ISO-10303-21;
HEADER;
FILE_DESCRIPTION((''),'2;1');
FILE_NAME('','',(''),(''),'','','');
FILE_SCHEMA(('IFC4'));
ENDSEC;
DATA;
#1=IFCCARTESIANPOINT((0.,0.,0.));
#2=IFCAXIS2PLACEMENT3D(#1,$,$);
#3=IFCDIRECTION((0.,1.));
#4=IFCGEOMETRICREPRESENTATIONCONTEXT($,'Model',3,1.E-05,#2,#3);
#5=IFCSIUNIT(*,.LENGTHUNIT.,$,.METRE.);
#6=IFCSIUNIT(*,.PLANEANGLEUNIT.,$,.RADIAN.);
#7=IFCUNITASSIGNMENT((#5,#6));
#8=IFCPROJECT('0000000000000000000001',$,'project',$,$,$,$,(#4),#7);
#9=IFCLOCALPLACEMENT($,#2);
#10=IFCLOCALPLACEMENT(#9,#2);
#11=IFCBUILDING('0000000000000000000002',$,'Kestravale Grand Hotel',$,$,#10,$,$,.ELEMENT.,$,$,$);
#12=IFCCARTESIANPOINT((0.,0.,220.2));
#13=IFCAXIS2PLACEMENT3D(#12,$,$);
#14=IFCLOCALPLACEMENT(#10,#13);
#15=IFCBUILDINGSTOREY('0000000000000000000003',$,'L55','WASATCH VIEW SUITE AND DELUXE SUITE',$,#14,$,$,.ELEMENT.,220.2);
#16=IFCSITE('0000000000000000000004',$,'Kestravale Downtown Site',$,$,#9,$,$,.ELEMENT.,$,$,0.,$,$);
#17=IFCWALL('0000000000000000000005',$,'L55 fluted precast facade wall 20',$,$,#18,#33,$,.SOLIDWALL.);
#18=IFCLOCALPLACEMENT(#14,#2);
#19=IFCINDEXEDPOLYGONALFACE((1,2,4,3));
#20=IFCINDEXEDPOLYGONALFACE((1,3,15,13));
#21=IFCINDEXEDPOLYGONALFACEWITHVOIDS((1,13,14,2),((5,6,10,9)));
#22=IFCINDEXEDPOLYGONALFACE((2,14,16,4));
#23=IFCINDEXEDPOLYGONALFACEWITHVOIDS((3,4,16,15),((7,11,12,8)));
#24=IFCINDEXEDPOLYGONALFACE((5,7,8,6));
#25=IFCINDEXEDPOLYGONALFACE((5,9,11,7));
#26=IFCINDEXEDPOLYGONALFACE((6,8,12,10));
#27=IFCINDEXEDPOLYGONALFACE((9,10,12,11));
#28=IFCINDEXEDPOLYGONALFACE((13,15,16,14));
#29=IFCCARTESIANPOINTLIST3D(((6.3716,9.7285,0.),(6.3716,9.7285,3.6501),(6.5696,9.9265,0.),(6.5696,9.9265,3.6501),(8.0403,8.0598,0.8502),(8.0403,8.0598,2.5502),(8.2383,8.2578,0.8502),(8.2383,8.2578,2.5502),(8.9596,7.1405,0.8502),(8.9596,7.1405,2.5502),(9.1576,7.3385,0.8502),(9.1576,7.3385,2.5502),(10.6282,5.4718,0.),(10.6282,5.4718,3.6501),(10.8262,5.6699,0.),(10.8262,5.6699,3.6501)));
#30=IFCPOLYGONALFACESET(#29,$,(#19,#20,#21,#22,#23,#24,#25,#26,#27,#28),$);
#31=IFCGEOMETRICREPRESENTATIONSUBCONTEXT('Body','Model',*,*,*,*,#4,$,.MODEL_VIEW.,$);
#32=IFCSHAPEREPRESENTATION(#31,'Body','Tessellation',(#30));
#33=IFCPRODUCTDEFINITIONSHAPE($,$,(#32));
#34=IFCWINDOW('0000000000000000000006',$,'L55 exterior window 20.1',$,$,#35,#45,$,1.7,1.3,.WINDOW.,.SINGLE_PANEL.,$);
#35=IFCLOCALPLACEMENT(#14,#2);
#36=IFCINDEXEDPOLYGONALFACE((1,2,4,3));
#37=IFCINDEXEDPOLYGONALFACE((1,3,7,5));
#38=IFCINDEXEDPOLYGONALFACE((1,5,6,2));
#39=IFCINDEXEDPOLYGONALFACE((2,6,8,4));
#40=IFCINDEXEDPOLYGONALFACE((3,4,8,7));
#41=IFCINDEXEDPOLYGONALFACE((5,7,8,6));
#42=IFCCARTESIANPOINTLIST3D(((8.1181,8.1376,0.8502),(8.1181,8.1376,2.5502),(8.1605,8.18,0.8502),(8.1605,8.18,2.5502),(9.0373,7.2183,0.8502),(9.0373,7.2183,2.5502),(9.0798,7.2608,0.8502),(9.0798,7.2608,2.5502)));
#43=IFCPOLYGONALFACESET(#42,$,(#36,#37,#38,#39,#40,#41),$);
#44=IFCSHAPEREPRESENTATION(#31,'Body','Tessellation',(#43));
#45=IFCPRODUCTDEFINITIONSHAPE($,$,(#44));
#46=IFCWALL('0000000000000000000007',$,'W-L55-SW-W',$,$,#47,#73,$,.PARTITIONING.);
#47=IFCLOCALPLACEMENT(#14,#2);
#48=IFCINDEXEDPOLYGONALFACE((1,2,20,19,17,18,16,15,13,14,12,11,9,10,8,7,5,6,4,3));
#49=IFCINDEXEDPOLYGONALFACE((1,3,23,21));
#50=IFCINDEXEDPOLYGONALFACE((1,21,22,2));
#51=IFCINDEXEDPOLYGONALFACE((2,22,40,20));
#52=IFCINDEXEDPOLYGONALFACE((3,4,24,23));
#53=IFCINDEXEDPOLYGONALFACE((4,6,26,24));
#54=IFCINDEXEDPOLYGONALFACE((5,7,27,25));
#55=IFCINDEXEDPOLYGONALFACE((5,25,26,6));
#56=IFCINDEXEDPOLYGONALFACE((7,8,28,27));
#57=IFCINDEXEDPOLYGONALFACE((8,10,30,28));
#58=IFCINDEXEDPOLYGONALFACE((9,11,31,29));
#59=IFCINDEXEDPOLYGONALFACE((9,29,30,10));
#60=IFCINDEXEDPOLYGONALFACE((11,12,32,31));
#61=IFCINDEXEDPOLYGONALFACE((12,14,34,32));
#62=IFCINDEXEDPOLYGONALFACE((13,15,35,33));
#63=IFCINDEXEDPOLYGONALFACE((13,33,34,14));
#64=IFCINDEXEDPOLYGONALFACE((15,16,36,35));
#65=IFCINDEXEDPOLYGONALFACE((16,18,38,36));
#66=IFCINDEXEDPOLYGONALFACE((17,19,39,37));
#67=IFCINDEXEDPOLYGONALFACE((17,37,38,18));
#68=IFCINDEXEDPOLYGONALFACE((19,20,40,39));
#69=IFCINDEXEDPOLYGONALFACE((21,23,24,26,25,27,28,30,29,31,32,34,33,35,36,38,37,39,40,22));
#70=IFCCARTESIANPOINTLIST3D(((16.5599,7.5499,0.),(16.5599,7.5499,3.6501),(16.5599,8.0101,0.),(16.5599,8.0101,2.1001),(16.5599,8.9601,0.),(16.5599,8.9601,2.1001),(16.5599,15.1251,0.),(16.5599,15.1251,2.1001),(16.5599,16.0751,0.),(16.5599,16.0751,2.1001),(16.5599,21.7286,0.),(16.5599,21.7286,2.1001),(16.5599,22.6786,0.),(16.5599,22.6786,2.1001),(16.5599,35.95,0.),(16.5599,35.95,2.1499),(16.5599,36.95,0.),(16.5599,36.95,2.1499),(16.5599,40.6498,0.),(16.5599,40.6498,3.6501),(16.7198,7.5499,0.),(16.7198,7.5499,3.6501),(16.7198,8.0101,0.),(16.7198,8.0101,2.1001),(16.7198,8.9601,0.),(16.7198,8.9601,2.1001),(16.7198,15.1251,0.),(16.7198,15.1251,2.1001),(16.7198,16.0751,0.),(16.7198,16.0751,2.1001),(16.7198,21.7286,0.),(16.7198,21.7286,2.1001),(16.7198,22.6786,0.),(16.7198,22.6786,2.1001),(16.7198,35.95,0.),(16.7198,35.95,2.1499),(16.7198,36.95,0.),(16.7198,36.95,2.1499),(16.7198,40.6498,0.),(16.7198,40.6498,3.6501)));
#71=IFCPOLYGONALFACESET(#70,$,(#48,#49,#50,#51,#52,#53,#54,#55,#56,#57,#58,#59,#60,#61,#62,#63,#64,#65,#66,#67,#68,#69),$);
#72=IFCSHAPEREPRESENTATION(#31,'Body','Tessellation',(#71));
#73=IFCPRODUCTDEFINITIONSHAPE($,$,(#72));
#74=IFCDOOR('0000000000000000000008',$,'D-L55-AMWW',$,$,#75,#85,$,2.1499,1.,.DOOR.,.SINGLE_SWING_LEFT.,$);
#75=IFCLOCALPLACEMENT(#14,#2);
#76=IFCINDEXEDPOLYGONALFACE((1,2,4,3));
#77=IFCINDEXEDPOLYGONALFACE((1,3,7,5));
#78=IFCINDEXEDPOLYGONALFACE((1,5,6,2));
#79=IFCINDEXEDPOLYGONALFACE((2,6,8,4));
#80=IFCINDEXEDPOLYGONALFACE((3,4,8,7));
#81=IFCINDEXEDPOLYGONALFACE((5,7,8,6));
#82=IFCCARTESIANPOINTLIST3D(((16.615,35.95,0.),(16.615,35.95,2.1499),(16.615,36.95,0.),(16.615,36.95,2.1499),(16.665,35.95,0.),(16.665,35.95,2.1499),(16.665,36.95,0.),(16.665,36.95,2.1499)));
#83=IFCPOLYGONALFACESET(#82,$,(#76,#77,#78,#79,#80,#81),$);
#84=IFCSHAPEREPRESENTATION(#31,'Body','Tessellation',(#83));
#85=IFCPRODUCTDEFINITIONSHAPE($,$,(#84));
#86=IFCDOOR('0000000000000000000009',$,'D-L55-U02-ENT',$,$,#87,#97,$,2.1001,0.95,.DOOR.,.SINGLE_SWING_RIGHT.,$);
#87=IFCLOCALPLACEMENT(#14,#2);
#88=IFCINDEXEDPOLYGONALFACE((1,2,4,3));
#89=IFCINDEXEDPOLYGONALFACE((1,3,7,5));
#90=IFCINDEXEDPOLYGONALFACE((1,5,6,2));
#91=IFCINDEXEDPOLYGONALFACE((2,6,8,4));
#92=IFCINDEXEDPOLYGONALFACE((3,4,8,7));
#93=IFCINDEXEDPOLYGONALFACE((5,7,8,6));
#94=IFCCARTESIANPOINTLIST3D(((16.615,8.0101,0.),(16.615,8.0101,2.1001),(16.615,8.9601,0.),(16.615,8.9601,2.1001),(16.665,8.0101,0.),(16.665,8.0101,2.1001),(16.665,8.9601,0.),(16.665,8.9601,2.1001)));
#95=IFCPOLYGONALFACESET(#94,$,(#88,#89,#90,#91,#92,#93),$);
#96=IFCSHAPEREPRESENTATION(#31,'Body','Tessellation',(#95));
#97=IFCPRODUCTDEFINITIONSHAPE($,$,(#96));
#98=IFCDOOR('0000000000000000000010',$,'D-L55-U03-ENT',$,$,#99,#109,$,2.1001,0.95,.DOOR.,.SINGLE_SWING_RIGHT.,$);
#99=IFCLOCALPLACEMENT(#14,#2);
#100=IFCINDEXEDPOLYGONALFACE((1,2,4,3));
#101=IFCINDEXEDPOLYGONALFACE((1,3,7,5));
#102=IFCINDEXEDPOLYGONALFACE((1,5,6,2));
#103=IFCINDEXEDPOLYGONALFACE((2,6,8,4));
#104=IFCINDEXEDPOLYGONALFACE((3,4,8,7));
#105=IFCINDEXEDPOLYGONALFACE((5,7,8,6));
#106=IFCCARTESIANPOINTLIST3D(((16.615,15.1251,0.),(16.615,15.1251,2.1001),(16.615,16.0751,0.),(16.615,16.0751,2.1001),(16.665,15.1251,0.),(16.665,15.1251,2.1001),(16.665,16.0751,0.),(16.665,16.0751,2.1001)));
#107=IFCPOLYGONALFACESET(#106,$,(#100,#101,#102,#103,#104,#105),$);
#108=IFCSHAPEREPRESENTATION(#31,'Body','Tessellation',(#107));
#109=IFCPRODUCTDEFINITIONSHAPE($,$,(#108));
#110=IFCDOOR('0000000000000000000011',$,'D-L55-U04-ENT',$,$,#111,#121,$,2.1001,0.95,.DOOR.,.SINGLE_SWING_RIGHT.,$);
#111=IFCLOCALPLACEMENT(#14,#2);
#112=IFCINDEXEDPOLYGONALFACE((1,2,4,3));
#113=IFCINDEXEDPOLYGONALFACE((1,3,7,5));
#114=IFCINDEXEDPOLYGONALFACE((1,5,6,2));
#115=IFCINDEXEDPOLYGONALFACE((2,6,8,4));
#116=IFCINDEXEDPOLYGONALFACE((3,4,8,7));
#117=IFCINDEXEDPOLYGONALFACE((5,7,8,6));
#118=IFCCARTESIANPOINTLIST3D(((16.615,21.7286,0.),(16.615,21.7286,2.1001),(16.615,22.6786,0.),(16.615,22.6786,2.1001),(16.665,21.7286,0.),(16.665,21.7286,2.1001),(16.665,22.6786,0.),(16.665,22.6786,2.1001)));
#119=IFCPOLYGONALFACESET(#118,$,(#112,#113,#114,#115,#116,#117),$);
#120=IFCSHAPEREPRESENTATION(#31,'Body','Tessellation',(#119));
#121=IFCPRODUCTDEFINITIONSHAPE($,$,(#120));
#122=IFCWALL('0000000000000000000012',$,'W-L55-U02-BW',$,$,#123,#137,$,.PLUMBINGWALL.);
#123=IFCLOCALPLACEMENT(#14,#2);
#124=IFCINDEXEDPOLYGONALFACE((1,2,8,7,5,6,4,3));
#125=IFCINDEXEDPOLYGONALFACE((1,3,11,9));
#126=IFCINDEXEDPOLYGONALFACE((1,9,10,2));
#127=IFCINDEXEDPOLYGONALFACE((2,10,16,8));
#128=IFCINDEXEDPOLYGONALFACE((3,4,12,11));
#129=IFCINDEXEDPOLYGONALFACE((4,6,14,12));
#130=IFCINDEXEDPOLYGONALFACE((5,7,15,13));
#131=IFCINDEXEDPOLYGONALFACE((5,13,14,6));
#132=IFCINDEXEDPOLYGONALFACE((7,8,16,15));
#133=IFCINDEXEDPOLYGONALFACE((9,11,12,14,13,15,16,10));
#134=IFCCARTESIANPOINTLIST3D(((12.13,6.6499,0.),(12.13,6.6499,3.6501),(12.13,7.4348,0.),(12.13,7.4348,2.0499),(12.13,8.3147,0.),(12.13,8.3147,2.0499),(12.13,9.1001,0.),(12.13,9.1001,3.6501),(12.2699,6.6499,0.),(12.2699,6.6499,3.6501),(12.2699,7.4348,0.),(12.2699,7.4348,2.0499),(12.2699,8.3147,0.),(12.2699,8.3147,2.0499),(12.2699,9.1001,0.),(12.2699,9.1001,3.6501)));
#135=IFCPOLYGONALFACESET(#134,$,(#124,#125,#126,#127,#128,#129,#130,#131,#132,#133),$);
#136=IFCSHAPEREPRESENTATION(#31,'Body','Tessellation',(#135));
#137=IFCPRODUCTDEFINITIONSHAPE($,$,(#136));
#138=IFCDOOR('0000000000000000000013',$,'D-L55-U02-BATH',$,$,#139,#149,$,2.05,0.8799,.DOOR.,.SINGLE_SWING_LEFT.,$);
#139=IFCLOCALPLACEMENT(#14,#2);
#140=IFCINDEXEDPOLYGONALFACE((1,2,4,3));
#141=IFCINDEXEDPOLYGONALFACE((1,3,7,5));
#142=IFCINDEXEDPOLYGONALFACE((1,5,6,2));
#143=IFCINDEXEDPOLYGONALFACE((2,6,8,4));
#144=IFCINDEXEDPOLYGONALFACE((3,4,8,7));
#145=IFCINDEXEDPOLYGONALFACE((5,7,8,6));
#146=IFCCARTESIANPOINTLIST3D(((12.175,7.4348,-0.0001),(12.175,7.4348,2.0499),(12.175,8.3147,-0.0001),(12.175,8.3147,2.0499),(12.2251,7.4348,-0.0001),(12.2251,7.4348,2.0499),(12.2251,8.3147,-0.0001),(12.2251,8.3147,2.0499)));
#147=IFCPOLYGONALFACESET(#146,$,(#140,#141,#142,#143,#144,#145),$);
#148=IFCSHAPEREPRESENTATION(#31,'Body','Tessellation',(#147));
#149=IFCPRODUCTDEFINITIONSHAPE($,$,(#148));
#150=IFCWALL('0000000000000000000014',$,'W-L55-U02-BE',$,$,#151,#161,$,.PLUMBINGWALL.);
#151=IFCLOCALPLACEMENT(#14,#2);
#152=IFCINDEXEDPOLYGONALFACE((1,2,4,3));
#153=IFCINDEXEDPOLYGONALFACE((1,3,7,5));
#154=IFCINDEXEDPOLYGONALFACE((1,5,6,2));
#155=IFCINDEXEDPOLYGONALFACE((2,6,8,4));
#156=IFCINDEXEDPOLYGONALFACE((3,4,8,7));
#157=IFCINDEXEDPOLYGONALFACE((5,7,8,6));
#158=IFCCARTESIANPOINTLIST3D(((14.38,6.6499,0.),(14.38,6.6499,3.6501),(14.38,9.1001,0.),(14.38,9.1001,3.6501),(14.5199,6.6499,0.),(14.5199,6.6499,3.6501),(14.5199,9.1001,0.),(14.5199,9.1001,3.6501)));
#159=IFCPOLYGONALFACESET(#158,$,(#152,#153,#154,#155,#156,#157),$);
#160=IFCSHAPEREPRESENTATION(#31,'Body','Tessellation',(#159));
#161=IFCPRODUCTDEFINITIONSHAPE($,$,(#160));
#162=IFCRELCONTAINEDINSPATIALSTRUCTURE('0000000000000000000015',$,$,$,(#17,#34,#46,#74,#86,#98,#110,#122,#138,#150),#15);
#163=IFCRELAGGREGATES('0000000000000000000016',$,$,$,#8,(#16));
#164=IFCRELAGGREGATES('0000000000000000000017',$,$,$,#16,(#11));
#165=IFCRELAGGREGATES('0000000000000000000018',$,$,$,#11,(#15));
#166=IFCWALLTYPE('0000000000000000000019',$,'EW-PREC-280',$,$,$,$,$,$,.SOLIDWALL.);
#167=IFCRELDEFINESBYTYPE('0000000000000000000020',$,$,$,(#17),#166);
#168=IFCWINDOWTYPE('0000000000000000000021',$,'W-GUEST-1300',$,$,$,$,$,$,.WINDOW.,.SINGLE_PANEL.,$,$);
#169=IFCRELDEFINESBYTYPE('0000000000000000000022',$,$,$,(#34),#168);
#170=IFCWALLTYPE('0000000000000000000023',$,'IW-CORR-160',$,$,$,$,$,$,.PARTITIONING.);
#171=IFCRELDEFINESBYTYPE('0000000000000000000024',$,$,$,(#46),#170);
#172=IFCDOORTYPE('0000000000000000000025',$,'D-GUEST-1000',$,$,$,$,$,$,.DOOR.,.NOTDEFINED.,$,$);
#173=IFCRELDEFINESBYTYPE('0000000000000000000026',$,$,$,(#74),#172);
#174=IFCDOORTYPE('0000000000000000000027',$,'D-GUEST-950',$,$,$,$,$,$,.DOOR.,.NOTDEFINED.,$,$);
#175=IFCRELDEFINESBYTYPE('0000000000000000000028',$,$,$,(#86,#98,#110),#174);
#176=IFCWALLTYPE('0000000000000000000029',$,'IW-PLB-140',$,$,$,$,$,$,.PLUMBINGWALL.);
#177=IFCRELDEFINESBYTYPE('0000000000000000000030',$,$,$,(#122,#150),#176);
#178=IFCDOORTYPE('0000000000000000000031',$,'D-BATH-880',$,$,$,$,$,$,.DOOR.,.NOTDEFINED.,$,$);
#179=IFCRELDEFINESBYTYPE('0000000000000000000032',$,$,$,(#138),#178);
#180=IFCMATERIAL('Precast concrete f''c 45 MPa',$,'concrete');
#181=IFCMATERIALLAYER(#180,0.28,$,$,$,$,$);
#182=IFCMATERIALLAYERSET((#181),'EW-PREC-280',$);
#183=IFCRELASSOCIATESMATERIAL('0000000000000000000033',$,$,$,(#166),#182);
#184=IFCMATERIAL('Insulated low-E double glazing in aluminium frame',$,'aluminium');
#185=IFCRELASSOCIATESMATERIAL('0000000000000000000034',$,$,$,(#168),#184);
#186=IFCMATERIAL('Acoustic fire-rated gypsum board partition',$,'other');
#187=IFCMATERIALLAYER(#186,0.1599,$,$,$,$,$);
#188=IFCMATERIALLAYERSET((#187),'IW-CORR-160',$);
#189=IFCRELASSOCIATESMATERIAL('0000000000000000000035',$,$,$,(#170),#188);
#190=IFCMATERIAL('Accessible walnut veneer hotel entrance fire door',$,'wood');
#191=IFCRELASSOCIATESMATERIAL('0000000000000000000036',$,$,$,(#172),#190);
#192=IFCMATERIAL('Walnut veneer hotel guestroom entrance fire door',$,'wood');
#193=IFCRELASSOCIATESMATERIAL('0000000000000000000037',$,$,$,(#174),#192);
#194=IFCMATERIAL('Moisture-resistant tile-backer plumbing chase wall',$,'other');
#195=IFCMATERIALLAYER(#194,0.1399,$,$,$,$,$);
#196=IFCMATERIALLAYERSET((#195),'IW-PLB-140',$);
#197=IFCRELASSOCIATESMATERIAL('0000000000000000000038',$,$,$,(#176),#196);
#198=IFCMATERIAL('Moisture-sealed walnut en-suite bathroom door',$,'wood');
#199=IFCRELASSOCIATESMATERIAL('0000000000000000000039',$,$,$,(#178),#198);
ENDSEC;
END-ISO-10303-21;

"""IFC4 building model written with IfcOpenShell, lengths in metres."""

from ifc_helpers import new_model, si_unit, direction, frame, frame_2d, origin, place, context, subcontext, project, spatial, rectangle, extrude, material, layer, layer_set, type_object, element, fill, save


model = new_model("IFC4")

# Units and contexts
model_context = context("Model", 3, precision=1e-05, world=origin(), true_north=direction((0.0, 1.0)))
body_context = subcontext(model_context, "Body", "Model", "MODEL_VIEW")
ifc_project = project(units=[si_unit("LENGTHUNIT", "METRE"), si_unit("PLANEANGLEUNIT", "RADIAN")], contexts=[model_context])

# Site, building, storey
site_placement = place(None, origin())
site = spatial("IfcSite", under=ifc_project, at=site_placement, Name="Kestravale Downtown Site", CompositionType="ELEMENT", RefElevation=0.0)
building_placement = place(site_placement, origin())
building = spatial("IfcBuilding", under=site, at=building_placement, Name="Kestravale Grand Hotel", CompositionType="ELEMENT")
storey_placement = place(building_placement, frame((0.0, 0.0, 220.2)))
storey = spatial("IfcBuildingStorey", under=building, at=storey_placement, Name="L55", Description="WASATCH VIEW SUITE AND DELUXE SUITE", CompositionType="ELEMENT", Elevation=220.2)

# Shared definitions
ifc_material_1 = material(Name="Precast concrete f'c 45 MPa", Category="concrete")
ifc_layer_1 = layer(ifc_material_1, 0.28)
ifc_layer_set_1 = layer_set([ifc_layer_1], Name="EW-PREC-280")
wall_type_1 = type_object("IfcWallType", Name="EW-PREC-280", PredefinedType="SOLIDWALL", material=ifc_layer_set_1)
ifc_material_2 = material(Name="Insulated low-E double glazing in aluminium frame", Category="aluminium")
window_type = type_object("IfcWindowType", Name="W-GUEST-1300", PartitioningType="SINGLE_PANEL", PredefinedType="WINDOW", material=ifc_material_2)

# Wall, opening, window
wall_1_placement = place(storey_placement, frame((6.4707, 9.8274, 0.0), z_axis=(0.0, 0.0, 1.0), x_axis=(0.707107, -0.707107, 0.0)))
wall_1 = element("IfcWall", 1, at=wall_1_placement, inside=storey, type_object=wall_type_1, Name="L55 fluted precast facade wall 20", PredefinedType="SOLIDWALL", context=body_context, shape_type="SweptSolid", body=[
    extrude(rectangle(XDim=6.0198, YDim=0.28, at=frame_2d((3.0098, 0.0))), origin(), (0.0, 0.0, 1.0), 3.6501),
])
opening_1_placement = place(wall_1_placement, frame((2.3599, 0.0, 0.8501)))
opening_1 = element("IfcOpeningElement", 2, at=opening_1_placement, cuts=wall_1, PredefinedType="OPENING", context=body_context, shape_type="SweptSolid", body=[
    extrude(rectangle(XDim=1.3, YDim=1.7, at=frame_2d((0.6499, 0.8501))), frame((0.0, 0.1499, 0.0), z_axis=(0.0, -1.0, 0.0), x_axis=(1.0, 0.0, 0.0)), (0.0, 0.0, 1.0), 0.3),
])
window_1_placement = place(opening_1_placement, origin())
window_1 = element("IfcWindow", 3, at=window_1_placement, inside=storey, type_object=window_type, Name="L55 exterior window 20.1", OverallHeight=1.7, OverallWidth=1.3, PartitioningType="SINGLE_PANEL", PredefinedType="WINDOW", context=body_context, shape_type="SweptSolid", body=[
    extrude(rectangle(XDim=1.3, YDim=1.7, at=frame_2d((0.6499, 0.8501))), frame((0.0, 0.03, 0.0), z_axis=(0.0, -1.0, 0.0), x_axis=(1.0, 0.0, 0.0)), (0.0, 0.0, 1.0), 0.0601),
])
fill(opening_1, window_1)

# Wall, openings, doors
ifc_material_3 = material(Name="Acoustic fire-rated gypsum board partition", Category="other")
ifc_layer_2 = layer(ifc_material_3, 0.1599)
ifc_layer_set_2 = layer_set([ifc_layer_2], Name="IW-CORR-160")
wall_type_2 = type_object("IfcWallType", Name="IW-CORR-160", PredefinedType="PARTITIONING", material=ifc_layer_set_2)
wall_2_placement = place(storey_placement, frame((16.6399, 7.55, 0.0), z_axis=(0.0, 0.0, 1.0), x_axis=(0.0, 1.0, 0.0)))
wall_2 = element("IfcWall", 4, at=wall_2_placement, inside=storey, type_object=wall_type_2, Name="W-L55-SW-W", PredefinedType="PARTITIONING", context=body_context, shape_type="SweptSolid", body=[
    extrude(rectangle(XDim=33.0999, YDim=0.1599, at=frame_2d((16.5498, 0.0))), origin(), (0.0, 0.0, 1.0), 3.6501),
])
opening_2_placement = place(wall_2_placement, frame((0.46, 0.0, 0.0)))
opening_2 = element("IfcOpeningElement", 5, at=opening_2_placement, cuts=wall_2, PredefinedType="OPENING", context=body_context, shape_type="SweptSolid", body=[
    extrude(rectangle(XDim=0.95, YDim=2.1001, at=frame_2d((0.4751, 1.05))), frame((0.0, 0.0898, 0.0), z_axis=(0.0, -1.0, 0.0), x_axis=(1.0, 0.0, 0.0)), (0.0, 0.0, 1.0), 0.1799),
])
opening_3_placement = place(wall_2_placement, frame((7.575, 0.0, 0.0)))
opening_3 = element("IfcOpeningElement", 6, at=opening_3_placement, cuts=wall_2, PredefinedType="OPENING", context=body_context, shape_type="SweptSolid", body=[
    extrude(rectangle(XDim=0.95, YDim=2.1001, at=frame_2d((0.4751, 1.05))), frame((0.0, 0.0898, 0.0), z_axis=(0.0, -1.0, 0.0), x_axis=(1.0, 0.0, 0.0)), (0.0, 0.0, 1.0), 0.1799),
])
opening_4_placement = place(wall_2_placement, frame((14.1785, 0.0, 0.0)))
opening_4 = element("IfcOpeningElement", 7, at=opening_4_placement, cuts=wall_2, PredefinedType="OPENING", context=body_context, shape_type="SweptSolid", body=[
    extrude(rectangle(XDim=0.95, YDim=2.1001, at=frame_2d((0.4751, 1.05))), frame((0.0, 0.0898, 0.0), z_axis=(0.0, -1.0, 0.0), x_axis=(1.0, 0.0, 0.0)), (0.0, 0.0, 1.0), 0.1799),
])
opening_5_placement = place(wall_2_placement, frame((28.3999, 0.0, 0.0)))
opening_5 = element("IfcOpeningElement", 8, at=opening_5_placement, cuts=wall_2, PredefinedType="OPENING", context=body_context, shape_type="SweptSolid", body=[
    extrude(rectangle(XDim=1.0, YDim=2.1499, at=frame_2d((0.5, 1.075))), frame((0.0, 0.0898, 0.0), z_axis=(0.0, -1.0, 0.0), x_axis=(1.0, 0.0, 0.0)), (0.0, 0.0, 1.0), 0.1799),
])
ifc_material_4 = material(Name="Accessible walnut veneer hotel entrance fire door", Category="wood")
door_type_1 = type_object("IfcDoorType", Name="D-GUEST-1000", OperationType="NOTDEFINED", PredefinedType="DOOR", material=ifc_material_4)
door_1_placement = place(opening_5_placement, origin())
door_1 = element("IfcDoor", 9, at=door_1_placement, inside=storey, type_object=door_type_1, Name="D-L55-AMWW", OperationType="SINGLE_SWING_LEFT", OverallHeight=2.1499, OverallWidth=1.0, PredefinedType="DOOR", context=body_context, shape_type="SweptSolid", body=[
    extrude(rectangle(XDim=1.0, YDim=2.1499, at=frame_2d((0.5, 1.075))), frame((0.0, 0.0249, 0.0), z_axis=(0.0, -1.0, 0.0), x_axis=(1.0, 0.0, 0.0)), (0.0, 0.0, 1.0), 0.05),
])
fill(opening_5, door_1)
ifc_material_5 = material(Name="Walnut veneer hotel guestroom entrance fire door", Category="wood")
door_type_2 = type_object("IfcDoorType", Name="D-GUEST-950", OperationType="NOTDEFINED", PredefinedType="DOOR", material=ifc_material_5)
door_2_placement = place(opening_2_placement, origin())
door_2 = element("IfcDoor", 10, at=door_2_placement, inside=storey, type_object=door_type_2, Name="D-L55-U02-ENT", OperationType="SINGLE_SWING_RIGHT", OverallHeight=2.1001, OverallWidth=0.95, PredefinedType="DOOR", context=body_context, shape_type="SweptSolid", body=[
    extrude(rectangle(XDim=0.95, YDim=2.1001, at=frame_2d((0.4751, 1.05))), frame((0.0, 0.0249, 0.0), z_axis=(0.0, -1.0, 0.0), x_axis=(1.0, 0.0, 0.0)), (0.0, 0.0, 1.0), 0.05),
])
fill(opening_2, door_2)
door_3_placement = place(opening_3_placement, origin())
door_3 = element("IfcDoor", 11, at=door_3_placement, inside=storey, type_object=door_type_2, Name="D-L55-U03-ENT", OperationType="SINGLE_SWING_RIGHT", OverallHeight=2.1001, OverallWidth=0.95, PredefinedType="DOOR", context=body_context, shape_type="SweptSolid", body=[
    extrude(rectangle(XDim=0.95, YDim=2.1001, at=frame_2d((0.4751, 1.05))), frame((0.0, 0.0249, 0.0), z_axis=(0.0, -1.0, 0.0), x_axis=(1.0, 0.0, 0.0)), (0.0, 0.0, 1.0), 0.05),
])
fill(opening_3, door_3)
door_4_placement = place(opening_4_placement, origin())
door_4 = element("IfcDoor", 12, at=door_4_placement, inside=storey, type_object=door_type_2, Name="D-L55-U04-ENT", OperationType="SINGLE_SWING_RIGHT", OverallHeight=2.1001, OverallWidth=0.95, PredefinedType="DOOR", context=body_context, shape_type="SweptSolid", body=[
    extrude(rectangle(XDim=0.95, YDim=2.1001, at=frame_2d((0.4751, 1.05))), frame((0.0, 0.0249, 0.0), z_axis=(0.0, -1.0, 0.0), x_axis=(1.0, 0.0, 0.0)), (0.0, 0.0, 1.0), 0.05),
])
fill(opening_4, door_4)

# Wall, opening, door
ifc_material_6 = material(Name="Moisture-resistant tile-backer plumbing chase wall", Category="other")
ifc_layer_3 = layer(ifc_material_6, 0.1399)
ifc_layer_set_3 = layer_set([ifc_layer_3], Name="IW-PLB-140")
wall_type_3 = type_object("IfcWallType", Name="IW-PLB-140", PredefinedType="PLUMBINGWALL", material=ifc_layer_set_3)
wall_3_placement = place(storey_placement, frame((12.2, 6.6499, 0.0), z_axis=(0.0, 0.0, 1.0), x_axis=(0.0, 1.0, 0.0)))
wall_3 = element("IfcWall", 13, at=wall_3_placement, inside=storey, type_object=wall_type_3, Name="W-L55-U02-BW", PredefinedType="PLUMBINGWALL", context=body_context, shape_type="SweptSolid", body=[
    extrude(rectangle(XDim=2.4502, YDim=0.1399, at=frame_2d((1.2251, 0.0))), origin(), (0.0, 0.0, 1.0), 3.6501),
])
opening_6_placement = place(wall_3_placement, frame((0.7849, 0.0, 0.0)))
opening_6 = element("IfcOpeningElement", 14, at=opening_6_placement, cuts=wall_3, PredefinedType="OPENING", context=body_context, shape_type="SweptSolid", body=[
    extrude(rectangle(XDim=0.8799, YDim=2.05, at=frame_2d((0.4399, 1.0249))), frame((0.0, 0.0798, 0.0), z_axis=(0.0, -1.0, 0.0), x_axis=(1.0, 0.0, 0.0)), (0.0, 0.0, 1.0), 0.1599),
])
ifc_material_7 = material(Name="Moisture-sealed walnut en-suite bathroom door", Category="wood")
door_type_3 = type_object("IfcDoorType", Name="D-BATH-880", OperationType="NOTDEFINED", PredefinedType="DOOR", material=ifc_material_7)
door_5_placement = place(opening_6_placement, origin())
door_5 = element("IfcDoor", 15, at=door_5_placement, inside=storey, type_object=door_type_3, Name="D-L55-U02-BATH", OperationType="SINGLE_SWING_LEFT", OverallHeight=2.05, OverallWidth=0.8799, PredefinedType="DOOR", context=body_context, shape_type="SweptSolid", body=[
    extrude(rectangle(XDim=0.8799, YDim=2.05, at=frame_2d((0.4399, 1.0249))), frame((0.0, 0.0249, 0.0), z_axis=(0.0, -1.0, 0.0), x_axis=(1.0, 0.0, 0.0)), (0.0, 0.0, 1.0), 0.05),
])
fill(opening_6, door_5)

# Wall
wall_4_placement = place(storey_placement, frame((14.45, 6.6499, 0.0), z_axis=(0.0, 0.0, 1.0), x_axis=(0.0, 1.0, 0.0)))
element("IfcWall", 16, at=wall_4_placement, inside=storey, type_object=wall_type_3, Name="W-L55-U02-BE", PredefinedType="PLUMBINGWALL", context=body_context, shape_type="SweptSolid", body=[
    extrude(rectangle(XDim=2.4502, YDim=0.1399, at=frame_2d((1.2251, 0.0))), origin(), (0.0, 0.0, 1.0), 3.6501),
])

save(model, "model.ifc")
